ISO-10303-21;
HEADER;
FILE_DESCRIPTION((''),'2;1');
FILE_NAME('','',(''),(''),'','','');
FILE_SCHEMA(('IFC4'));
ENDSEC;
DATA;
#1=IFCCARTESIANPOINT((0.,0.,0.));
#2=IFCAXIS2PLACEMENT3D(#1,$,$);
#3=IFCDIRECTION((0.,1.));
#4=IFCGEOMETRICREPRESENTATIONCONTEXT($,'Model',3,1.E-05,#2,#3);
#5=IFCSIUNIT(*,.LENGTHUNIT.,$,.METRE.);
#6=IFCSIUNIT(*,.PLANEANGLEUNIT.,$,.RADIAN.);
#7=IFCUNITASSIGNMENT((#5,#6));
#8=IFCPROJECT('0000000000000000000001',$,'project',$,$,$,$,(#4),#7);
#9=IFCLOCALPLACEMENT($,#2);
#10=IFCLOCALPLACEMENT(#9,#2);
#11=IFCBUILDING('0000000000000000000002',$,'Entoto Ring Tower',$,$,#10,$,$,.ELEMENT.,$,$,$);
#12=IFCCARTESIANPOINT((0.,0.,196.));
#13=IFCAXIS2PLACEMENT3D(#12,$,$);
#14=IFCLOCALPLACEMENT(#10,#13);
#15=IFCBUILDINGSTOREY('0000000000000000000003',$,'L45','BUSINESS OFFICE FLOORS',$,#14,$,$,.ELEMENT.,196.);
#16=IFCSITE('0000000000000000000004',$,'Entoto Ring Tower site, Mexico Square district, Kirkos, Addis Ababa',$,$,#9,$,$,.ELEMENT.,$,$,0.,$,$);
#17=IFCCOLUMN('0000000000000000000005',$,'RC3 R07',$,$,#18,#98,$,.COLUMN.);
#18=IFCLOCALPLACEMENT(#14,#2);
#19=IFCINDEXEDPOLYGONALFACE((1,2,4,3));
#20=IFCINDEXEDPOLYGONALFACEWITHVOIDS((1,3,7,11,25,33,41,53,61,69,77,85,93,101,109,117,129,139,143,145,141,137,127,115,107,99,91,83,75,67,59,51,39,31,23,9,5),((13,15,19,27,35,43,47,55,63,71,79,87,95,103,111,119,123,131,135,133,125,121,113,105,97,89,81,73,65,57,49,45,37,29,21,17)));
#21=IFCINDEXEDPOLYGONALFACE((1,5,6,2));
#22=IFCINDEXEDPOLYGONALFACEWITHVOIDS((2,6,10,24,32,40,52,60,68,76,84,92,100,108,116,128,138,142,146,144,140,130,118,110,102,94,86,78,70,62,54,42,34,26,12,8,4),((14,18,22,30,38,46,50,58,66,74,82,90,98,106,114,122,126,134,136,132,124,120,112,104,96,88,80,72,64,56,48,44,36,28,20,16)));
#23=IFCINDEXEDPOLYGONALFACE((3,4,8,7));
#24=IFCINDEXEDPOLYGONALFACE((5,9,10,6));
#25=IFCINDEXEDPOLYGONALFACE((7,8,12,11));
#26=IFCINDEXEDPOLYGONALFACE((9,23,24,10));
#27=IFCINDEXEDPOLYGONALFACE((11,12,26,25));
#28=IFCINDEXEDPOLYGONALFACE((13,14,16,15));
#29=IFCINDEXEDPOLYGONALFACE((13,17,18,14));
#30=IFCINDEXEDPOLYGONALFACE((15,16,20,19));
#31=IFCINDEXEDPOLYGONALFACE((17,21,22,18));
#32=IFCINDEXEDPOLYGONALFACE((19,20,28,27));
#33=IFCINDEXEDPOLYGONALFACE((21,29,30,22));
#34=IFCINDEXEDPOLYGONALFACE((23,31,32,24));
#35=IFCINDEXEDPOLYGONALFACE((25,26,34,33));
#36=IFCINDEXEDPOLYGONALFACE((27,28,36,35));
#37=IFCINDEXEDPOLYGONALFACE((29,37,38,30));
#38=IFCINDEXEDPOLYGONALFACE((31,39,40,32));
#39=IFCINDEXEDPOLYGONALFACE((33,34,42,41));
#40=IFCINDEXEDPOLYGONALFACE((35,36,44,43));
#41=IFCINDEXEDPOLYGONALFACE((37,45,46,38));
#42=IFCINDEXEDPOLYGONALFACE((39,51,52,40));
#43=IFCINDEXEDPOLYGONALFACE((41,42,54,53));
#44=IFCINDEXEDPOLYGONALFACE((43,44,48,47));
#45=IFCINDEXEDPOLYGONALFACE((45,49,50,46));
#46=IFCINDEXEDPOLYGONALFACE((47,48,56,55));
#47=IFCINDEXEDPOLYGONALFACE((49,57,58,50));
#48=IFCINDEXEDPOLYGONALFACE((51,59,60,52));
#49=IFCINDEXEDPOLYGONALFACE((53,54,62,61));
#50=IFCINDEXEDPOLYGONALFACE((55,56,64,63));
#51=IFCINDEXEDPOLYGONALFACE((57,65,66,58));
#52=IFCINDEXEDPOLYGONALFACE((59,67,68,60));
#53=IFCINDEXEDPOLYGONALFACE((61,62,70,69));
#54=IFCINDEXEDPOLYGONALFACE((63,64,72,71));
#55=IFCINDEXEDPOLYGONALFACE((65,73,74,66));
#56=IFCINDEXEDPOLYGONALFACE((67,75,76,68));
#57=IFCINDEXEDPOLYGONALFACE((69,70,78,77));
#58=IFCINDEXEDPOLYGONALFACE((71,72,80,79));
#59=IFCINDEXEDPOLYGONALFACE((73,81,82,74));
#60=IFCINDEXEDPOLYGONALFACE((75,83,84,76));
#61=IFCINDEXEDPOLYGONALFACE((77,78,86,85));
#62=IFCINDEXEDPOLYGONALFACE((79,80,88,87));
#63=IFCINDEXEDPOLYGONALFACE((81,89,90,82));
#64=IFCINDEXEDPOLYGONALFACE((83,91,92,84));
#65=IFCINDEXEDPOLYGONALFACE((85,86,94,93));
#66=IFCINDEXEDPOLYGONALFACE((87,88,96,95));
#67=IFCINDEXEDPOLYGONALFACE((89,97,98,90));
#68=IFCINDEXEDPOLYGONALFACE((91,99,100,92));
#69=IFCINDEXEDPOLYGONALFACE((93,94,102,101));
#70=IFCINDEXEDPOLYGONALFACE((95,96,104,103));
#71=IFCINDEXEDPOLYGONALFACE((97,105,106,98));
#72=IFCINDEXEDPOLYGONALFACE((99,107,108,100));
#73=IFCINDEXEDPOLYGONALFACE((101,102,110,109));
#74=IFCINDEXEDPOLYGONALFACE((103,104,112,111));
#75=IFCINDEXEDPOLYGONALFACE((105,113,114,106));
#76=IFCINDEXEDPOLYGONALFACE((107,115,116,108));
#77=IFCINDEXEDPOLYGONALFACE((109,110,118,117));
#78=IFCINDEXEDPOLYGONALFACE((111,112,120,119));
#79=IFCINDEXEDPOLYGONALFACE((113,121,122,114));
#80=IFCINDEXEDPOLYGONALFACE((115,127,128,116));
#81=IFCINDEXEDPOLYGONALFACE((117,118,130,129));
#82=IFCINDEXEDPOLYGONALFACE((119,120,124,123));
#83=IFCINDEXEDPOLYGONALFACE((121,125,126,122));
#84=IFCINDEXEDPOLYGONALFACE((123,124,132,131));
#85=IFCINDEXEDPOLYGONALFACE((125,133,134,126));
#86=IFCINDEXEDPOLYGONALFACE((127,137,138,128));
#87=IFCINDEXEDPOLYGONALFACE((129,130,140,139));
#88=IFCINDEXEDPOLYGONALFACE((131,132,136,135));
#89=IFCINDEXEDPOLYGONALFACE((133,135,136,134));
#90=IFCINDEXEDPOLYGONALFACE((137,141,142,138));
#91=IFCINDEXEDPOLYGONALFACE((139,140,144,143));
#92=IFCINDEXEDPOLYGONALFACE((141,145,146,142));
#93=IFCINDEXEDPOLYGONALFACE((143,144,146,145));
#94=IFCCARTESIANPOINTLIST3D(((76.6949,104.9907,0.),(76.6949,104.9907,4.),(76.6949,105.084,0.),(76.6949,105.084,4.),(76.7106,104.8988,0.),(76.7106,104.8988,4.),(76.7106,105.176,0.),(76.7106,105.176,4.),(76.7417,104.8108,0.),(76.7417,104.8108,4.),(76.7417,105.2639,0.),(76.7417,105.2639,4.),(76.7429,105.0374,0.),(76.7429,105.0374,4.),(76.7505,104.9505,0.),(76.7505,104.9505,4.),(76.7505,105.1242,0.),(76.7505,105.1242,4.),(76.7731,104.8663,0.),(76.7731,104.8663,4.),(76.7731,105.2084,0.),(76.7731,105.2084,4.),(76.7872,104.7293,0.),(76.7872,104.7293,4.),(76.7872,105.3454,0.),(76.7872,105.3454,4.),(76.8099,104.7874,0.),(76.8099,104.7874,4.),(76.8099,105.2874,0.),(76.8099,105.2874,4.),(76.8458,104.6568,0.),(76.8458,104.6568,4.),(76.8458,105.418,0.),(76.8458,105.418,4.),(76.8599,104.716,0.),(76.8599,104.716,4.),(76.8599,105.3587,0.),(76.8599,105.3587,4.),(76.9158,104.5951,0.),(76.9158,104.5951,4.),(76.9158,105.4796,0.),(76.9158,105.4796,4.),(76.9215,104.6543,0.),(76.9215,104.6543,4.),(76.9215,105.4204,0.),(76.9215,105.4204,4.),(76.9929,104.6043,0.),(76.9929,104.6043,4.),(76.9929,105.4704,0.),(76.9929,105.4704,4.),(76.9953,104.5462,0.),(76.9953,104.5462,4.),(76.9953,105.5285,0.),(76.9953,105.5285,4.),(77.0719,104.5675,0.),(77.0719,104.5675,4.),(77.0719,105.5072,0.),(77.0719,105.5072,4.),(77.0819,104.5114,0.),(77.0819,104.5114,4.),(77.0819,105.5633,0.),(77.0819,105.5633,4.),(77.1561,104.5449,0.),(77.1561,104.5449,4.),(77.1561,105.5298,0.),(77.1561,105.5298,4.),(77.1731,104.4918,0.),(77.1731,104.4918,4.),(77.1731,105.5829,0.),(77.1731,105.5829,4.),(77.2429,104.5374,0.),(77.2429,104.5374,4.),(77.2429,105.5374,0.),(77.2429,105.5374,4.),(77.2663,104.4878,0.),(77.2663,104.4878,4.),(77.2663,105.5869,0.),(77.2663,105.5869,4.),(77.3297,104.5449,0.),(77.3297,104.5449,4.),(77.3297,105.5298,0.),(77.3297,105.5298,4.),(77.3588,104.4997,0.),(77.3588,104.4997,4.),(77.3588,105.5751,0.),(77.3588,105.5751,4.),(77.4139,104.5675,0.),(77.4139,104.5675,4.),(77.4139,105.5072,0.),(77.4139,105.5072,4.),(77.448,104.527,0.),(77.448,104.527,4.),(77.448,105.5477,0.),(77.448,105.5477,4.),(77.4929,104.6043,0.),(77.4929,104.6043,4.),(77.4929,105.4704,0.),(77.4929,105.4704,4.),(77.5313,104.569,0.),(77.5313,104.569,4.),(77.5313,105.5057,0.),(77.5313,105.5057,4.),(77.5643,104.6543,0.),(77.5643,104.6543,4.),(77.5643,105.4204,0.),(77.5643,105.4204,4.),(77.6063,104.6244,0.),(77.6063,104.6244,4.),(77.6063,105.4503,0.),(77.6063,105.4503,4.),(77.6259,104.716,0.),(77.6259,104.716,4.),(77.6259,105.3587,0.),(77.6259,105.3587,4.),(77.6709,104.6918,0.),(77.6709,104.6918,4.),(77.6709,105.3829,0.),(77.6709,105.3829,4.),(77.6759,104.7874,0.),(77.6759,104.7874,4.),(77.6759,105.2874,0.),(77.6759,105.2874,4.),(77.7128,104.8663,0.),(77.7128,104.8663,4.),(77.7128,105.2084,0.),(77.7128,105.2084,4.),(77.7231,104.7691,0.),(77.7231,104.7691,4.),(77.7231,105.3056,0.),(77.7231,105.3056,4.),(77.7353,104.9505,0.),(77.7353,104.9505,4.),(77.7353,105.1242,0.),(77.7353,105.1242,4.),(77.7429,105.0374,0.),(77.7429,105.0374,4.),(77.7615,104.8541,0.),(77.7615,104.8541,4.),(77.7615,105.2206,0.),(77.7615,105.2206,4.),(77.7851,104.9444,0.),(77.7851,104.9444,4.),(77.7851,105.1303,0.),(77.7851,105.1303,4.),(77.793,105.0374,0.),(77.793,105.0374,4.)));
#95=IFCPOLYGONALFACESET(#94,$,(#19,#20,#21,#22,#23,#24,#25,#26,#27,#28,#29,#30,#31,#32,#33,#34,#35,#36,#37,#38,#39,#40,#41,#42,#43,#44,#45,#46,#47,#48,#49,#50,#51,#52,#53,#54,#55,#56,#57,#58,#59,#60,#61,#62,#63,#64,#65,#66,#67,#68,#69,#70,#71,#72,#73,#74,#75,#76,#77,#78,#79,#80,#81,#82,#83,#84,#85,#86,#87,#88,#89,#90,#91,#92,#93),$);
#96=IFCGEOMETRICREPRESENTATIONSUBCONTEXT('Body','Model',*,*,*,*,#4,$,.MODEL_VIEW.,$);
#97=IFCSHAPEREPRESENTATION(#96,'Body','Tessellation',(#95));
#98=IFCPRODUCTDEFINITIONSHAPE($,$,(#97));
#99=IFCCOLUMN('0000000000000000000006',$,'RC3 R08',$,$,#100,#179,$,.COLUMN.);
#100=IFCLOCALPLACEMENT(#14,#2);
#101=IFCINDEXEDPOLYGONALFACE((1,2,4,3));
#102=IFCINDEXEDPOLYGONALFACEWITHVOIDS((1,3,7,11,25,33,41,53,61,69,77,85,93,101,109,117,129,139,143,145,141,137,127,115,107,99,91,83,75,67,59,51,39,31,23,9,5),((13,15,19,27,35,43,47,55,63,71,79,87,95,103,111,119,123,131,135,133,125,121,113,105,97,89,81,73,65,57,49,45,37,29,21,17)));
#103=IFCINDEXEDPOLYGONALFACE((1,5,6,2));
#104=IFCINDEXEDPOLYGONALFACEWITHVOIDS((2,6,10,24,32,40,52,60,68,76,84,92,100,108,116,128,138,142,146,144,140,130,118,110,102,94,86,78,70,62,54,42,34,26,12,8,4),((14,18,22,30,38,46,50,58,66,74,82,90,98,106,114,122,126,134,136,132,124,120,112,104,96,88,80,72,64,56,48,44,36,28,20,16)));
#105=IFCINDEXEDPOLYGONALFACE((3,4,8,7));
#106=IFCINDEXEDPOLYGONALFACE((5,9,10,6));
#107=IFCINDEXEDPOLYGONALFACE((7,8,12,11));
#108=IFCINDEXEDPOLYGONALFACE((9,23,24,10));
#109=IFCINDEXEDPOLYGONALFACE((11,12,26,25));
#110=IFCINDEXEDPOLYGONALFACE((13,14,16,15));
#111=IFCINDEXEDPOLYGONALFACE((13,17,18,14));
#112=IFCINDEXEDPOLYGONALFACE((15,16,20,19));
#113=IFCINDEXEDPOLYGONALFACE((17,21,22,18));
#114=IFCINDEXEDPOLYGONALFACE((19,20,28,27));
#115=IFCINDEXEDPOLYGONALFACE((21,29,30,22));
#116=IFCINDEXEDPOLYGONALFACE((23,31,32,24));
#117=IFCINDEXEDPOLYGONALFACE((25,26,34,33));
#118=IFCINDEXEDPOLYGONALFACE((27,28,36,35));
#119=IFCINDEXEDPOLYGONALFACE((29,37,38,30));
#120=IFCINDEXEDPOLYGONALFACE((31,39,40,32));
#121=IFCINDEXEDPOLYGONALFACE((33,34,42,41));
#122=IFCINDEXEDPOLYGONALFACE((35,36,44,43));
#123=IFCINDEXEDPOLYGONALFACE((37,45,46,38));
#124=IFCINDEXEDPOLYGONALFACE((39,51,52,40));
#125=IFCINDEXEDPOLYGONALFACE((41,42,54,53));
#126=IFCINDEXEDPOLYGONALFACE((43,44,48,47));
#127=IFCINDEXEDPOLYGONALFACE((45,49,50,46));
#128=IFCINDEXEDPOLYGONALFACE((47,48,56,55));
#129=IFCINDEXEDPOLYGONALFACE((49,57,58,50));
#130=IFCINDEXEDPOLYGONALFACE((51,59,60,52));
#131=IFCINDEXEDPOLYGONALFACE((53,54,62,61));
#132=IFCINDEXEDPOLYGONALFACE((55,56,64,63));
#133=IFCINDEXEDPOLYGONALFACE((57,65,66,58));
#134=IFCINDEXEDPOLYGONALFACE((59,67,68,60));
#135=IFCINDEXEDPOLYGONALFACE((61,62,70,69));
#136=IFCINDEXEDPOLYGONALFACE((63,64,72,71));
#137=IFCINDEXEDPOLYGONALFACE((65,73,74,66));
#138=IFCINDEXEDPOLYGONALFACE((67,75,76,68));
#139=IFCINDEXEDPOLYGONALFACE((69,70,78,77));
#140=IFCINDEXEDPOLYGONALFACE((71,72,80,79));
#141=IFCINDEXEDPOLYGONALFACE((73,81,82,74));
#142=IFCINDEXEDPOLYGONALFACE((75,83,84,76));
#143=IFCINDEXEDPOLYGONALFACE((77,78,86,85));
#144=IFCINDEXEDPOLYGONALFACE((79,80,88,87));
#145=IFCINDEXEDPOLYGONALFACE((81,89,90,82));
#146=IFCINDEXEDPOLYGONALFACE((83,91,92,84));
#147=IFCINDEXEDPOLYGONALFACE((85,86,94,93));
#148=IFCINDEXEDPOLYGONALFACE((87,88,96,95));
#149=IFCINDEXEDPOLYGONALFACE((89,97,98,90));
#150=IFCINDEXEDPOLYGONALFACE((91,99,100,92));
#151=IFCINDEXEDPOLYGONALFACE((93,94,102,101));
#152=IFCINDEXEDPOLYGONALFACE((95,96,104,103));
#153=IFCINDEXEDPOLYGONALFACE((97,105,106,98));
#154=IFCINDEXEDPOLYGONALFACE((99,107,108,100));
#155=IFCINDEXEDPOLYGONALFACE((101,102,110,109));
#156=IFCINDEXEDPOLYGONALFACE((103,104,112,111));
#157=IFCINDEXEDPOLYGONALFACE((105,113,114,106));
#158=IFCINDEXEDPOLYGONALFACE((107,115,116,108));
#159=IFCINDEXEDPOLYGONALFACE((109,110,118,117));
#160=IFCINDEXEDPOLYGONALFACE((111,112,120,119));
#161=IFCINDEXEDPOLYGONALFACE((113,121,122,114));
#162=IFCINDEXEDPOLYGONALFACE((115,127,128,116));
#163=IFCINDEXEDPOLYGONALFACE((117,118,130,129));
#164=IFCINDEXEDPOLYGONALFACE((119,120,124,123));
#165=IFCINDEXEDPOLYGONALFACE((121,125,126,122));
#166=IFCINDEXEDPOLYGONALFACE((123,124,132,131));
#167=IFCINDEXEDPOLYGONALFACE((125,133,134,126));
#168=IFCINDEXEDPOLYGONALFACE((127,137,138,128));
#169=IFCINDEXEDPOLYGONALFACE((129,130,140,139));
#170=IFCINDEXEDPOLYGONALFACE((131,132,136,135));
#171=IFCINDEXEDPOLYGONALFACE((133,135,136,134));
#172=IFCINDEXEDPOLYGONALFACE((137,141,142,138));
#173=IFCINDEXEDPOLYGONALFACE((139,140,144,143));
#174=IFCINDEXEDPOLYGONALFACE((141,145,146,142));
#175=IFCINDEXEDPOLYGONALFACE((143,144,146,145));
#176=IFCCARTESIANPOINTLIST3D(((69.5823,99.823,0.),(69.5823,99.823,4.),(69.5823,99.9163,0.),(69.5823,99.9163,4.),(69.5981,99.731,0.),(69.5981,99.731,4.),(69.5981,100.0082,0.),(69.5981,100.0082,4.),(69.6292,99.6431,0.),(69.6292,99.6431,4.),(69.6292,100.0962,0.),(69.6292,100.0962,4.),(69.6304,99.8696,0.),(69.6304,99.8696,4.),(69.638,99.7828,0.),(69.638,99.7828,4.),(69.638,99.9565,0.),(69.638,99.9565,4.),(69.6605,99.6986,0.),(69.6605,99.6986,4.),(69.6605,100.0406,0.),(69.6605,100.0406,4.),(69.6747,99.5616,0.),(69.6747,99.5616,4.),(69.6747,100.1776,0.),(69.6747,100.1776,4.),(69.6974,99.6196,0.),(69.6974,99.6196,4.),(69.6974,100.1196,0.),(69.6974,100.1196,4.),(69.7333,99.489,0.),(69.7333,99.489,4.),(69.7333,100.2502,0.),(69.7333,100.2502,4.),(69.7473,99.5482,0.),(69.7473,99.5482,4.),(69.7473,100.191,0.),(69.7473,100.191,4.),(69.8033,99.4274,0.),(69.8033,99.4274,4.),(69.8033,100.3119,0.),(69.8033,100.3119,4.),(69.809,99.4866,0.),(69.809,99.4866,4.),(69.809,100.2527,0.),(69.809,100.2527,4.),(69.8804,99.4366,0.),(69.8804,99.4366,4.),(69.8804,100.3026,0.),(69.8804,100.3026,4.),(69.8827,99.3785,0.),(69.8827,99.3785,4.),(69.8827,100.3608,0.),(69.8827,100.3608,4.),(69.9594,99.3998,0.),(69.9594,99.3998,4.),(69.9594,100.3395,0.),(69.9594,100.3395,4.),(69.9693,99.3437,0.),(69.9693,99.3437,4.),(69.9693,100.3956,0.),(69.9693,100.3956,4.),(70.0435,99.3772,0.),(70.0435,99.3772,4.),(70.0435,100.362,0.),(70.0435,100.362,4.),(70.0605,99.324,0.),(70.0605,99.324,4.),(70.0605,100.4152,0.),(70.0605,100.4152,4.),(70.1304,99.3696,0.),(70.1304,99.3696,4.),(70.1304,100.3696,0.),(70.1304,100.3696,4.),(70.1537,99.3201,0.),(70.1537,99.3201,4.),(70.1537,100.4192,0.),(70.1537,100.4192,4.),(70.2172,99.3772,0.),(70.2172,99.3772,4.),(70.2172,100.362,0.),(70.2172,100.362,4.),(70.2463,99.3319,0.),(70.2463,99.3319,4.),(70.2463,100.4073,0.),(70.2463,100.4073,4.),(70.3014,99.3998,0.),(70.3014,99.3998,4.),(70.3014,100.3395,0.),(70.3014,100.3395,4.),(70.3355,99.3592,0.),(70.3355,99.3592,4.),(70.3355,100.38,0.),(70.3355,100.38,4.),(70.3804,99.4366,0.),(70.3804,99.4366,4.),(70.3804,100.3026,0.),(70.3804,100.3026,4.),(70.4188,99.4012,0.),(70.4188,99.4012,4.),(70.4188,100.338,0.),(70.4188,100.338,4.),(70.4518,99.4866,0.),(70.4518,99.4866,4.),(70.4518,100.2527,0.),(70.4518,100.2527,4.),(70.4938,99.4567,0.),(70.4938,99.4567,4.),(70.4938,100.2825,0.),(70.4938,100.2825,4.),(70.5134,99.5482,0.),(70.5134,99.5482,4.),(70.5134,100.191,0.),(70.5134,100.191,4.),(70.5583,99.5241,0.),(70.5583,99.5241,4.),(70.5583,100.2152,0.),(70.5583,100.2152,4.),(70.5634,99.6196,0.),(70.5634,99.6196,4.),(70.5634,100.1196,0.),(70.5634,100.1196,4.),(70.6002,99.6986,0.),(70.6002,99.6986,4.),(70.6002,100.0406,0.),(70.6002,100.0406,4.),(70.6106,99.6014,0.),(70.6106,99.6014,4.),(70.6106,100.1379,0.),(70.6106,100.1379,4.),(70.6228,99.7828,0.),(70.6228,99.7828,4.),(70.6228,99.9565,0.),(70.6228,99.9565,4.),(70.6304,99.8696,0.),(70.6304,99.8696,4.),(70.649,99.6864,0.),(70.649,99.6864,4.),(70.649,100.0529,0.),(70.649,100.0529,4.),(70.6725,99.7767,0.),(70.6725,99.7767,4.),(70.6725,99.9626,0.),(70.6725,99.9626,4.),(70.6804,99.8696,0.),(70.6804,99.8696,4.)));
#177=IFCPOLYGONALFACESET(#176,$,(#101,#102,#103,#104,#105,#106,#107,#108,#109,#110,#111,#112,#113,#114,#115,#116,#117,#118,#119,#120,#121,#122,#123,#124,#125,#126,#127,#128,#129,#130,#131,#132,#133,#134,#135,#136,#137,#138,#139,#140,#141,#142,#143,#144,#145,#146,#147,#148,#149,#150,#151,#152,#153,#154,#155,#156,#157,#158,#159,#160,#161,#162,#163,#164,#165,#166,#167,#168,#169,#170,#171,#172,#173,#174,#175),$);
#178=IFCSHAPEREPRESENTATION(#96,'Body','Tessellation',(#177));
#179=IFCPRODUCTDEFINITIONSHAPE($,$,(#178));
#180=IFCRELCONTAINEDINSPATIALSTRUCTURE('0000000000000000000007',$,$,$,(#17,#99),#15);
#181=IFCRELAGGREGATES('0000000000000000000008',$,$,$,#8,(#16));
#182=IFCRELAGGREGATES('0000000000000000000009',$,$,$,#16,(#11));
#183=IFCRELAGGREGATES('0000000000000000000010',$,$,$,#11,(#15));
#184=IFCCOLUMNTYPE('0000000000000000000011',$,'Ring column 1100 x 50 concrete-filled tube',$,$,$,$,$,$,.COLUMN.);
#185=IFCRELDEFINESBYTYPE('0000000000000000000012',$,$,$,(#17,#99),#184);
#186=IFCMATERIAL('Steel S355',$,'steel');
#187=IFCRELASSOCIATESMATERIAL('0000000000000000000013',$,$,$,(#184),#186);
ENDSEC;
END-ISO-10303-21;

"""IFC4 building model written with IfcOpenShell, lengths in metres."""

from ifc_helpers import new_model, si_unit, direction, frame, origin, origin_2d, place, context, subcontext, project, spatial, circle, hollow_circle, extrude, material, material_profile, profile_set, type_object, element, save


model = new_model("IFC4")

# Units and contexts
model_context = context("Model", 3, precision=1e-05, world=origin(), true_north=direction((0.0, 1.0)))
body_context = subcontext(model_context, "Body", "Model", "MODEL_VIEW")
ifc_project = project(units=[si_unit("LENGTHUNIT", "METRE"), si_unit("PLANEANGLEUNIT", "RADIAN")], contexts=[model_context])

# Site, building, storey
site_placement = place(None, origin())
site = spatial("IfcSite", under=ifc_project, at=site_placement, Name="Entoto Ring Tower site, Mexico Square district, Kirkos, Addis Ababa", CompositionType="ELEMENT", RefElevation=0.0)
building_placement = place(site_placement, origin())
building = spatial("IfcBuilding", under=site, at=building_placement, Name="Entoto Ring Tower", CompositionType="ELEMENT")
storey_placement = place(building_placement, frame((0.0, 0.0, 196.0)))
storey = spatial("IfcBuildingStorey", under=building, at=storey_placement, Name="L45", Description="BUSINESS OFFICE FLOORS", CompositionType="ELEMENT", Elevation=196.0)

# Columns
ifc_material_1 = material(Name="Steel S355", Category="steel")
ifc_material_profile_1 = material_profile(ifc_material_1, hollow_circle(Radius=0.55, WallThickness=0.05, at=origin_2d()), Name="CHS 1100 x 50")
ifc_material_2 = material(Name="Concrete C60/75", Category="concrete")
ifc_material_profile_2 = material_profile(ifc_material_2, circle(Radius=0.5, at=origin_2d()), Name="Concrete C60/75 infill")
ifc_profile_set_1 = profile_set([ifc_material_profile_1, ifc_material_profile_2], Name="Steel S355")
column_type = type_object("IfcColumnType", Name="Ring column 1100 x 50 concrete-filled tube", PredefinedType="COLUMN", material=ifc_profile_set_1)
for number, where, z_axis, x_axis, name in (
    (1, (77.2429, 105.0374, 0.0), (0.0, 0.0, 1.0), (1.0, 0.0, 0.0), "RC3 R07"),
    (2, (70.1304, 99.8696, 0.0), (0.0, 0.0, 1.0), (1.0, 0.0, 0.0), "RC3 R08"),
):
    element("IfcColumn", number, at=place(storey_placement, frame(where, z_axis=z_axis, x_axis=x_axis)), inside=storey, type_object=column_type, Name=name, PredefinedType="COLUMN", context=body_context, shape_type="SweptSolid", body=[
        extrude(hollow_circle(Radius=0.55, WallThickness=0.05, at=origin_2d()), origin(), (0.0, 0.0, 1.0), 4.0),
    ])

save(model, "model.ifc")
